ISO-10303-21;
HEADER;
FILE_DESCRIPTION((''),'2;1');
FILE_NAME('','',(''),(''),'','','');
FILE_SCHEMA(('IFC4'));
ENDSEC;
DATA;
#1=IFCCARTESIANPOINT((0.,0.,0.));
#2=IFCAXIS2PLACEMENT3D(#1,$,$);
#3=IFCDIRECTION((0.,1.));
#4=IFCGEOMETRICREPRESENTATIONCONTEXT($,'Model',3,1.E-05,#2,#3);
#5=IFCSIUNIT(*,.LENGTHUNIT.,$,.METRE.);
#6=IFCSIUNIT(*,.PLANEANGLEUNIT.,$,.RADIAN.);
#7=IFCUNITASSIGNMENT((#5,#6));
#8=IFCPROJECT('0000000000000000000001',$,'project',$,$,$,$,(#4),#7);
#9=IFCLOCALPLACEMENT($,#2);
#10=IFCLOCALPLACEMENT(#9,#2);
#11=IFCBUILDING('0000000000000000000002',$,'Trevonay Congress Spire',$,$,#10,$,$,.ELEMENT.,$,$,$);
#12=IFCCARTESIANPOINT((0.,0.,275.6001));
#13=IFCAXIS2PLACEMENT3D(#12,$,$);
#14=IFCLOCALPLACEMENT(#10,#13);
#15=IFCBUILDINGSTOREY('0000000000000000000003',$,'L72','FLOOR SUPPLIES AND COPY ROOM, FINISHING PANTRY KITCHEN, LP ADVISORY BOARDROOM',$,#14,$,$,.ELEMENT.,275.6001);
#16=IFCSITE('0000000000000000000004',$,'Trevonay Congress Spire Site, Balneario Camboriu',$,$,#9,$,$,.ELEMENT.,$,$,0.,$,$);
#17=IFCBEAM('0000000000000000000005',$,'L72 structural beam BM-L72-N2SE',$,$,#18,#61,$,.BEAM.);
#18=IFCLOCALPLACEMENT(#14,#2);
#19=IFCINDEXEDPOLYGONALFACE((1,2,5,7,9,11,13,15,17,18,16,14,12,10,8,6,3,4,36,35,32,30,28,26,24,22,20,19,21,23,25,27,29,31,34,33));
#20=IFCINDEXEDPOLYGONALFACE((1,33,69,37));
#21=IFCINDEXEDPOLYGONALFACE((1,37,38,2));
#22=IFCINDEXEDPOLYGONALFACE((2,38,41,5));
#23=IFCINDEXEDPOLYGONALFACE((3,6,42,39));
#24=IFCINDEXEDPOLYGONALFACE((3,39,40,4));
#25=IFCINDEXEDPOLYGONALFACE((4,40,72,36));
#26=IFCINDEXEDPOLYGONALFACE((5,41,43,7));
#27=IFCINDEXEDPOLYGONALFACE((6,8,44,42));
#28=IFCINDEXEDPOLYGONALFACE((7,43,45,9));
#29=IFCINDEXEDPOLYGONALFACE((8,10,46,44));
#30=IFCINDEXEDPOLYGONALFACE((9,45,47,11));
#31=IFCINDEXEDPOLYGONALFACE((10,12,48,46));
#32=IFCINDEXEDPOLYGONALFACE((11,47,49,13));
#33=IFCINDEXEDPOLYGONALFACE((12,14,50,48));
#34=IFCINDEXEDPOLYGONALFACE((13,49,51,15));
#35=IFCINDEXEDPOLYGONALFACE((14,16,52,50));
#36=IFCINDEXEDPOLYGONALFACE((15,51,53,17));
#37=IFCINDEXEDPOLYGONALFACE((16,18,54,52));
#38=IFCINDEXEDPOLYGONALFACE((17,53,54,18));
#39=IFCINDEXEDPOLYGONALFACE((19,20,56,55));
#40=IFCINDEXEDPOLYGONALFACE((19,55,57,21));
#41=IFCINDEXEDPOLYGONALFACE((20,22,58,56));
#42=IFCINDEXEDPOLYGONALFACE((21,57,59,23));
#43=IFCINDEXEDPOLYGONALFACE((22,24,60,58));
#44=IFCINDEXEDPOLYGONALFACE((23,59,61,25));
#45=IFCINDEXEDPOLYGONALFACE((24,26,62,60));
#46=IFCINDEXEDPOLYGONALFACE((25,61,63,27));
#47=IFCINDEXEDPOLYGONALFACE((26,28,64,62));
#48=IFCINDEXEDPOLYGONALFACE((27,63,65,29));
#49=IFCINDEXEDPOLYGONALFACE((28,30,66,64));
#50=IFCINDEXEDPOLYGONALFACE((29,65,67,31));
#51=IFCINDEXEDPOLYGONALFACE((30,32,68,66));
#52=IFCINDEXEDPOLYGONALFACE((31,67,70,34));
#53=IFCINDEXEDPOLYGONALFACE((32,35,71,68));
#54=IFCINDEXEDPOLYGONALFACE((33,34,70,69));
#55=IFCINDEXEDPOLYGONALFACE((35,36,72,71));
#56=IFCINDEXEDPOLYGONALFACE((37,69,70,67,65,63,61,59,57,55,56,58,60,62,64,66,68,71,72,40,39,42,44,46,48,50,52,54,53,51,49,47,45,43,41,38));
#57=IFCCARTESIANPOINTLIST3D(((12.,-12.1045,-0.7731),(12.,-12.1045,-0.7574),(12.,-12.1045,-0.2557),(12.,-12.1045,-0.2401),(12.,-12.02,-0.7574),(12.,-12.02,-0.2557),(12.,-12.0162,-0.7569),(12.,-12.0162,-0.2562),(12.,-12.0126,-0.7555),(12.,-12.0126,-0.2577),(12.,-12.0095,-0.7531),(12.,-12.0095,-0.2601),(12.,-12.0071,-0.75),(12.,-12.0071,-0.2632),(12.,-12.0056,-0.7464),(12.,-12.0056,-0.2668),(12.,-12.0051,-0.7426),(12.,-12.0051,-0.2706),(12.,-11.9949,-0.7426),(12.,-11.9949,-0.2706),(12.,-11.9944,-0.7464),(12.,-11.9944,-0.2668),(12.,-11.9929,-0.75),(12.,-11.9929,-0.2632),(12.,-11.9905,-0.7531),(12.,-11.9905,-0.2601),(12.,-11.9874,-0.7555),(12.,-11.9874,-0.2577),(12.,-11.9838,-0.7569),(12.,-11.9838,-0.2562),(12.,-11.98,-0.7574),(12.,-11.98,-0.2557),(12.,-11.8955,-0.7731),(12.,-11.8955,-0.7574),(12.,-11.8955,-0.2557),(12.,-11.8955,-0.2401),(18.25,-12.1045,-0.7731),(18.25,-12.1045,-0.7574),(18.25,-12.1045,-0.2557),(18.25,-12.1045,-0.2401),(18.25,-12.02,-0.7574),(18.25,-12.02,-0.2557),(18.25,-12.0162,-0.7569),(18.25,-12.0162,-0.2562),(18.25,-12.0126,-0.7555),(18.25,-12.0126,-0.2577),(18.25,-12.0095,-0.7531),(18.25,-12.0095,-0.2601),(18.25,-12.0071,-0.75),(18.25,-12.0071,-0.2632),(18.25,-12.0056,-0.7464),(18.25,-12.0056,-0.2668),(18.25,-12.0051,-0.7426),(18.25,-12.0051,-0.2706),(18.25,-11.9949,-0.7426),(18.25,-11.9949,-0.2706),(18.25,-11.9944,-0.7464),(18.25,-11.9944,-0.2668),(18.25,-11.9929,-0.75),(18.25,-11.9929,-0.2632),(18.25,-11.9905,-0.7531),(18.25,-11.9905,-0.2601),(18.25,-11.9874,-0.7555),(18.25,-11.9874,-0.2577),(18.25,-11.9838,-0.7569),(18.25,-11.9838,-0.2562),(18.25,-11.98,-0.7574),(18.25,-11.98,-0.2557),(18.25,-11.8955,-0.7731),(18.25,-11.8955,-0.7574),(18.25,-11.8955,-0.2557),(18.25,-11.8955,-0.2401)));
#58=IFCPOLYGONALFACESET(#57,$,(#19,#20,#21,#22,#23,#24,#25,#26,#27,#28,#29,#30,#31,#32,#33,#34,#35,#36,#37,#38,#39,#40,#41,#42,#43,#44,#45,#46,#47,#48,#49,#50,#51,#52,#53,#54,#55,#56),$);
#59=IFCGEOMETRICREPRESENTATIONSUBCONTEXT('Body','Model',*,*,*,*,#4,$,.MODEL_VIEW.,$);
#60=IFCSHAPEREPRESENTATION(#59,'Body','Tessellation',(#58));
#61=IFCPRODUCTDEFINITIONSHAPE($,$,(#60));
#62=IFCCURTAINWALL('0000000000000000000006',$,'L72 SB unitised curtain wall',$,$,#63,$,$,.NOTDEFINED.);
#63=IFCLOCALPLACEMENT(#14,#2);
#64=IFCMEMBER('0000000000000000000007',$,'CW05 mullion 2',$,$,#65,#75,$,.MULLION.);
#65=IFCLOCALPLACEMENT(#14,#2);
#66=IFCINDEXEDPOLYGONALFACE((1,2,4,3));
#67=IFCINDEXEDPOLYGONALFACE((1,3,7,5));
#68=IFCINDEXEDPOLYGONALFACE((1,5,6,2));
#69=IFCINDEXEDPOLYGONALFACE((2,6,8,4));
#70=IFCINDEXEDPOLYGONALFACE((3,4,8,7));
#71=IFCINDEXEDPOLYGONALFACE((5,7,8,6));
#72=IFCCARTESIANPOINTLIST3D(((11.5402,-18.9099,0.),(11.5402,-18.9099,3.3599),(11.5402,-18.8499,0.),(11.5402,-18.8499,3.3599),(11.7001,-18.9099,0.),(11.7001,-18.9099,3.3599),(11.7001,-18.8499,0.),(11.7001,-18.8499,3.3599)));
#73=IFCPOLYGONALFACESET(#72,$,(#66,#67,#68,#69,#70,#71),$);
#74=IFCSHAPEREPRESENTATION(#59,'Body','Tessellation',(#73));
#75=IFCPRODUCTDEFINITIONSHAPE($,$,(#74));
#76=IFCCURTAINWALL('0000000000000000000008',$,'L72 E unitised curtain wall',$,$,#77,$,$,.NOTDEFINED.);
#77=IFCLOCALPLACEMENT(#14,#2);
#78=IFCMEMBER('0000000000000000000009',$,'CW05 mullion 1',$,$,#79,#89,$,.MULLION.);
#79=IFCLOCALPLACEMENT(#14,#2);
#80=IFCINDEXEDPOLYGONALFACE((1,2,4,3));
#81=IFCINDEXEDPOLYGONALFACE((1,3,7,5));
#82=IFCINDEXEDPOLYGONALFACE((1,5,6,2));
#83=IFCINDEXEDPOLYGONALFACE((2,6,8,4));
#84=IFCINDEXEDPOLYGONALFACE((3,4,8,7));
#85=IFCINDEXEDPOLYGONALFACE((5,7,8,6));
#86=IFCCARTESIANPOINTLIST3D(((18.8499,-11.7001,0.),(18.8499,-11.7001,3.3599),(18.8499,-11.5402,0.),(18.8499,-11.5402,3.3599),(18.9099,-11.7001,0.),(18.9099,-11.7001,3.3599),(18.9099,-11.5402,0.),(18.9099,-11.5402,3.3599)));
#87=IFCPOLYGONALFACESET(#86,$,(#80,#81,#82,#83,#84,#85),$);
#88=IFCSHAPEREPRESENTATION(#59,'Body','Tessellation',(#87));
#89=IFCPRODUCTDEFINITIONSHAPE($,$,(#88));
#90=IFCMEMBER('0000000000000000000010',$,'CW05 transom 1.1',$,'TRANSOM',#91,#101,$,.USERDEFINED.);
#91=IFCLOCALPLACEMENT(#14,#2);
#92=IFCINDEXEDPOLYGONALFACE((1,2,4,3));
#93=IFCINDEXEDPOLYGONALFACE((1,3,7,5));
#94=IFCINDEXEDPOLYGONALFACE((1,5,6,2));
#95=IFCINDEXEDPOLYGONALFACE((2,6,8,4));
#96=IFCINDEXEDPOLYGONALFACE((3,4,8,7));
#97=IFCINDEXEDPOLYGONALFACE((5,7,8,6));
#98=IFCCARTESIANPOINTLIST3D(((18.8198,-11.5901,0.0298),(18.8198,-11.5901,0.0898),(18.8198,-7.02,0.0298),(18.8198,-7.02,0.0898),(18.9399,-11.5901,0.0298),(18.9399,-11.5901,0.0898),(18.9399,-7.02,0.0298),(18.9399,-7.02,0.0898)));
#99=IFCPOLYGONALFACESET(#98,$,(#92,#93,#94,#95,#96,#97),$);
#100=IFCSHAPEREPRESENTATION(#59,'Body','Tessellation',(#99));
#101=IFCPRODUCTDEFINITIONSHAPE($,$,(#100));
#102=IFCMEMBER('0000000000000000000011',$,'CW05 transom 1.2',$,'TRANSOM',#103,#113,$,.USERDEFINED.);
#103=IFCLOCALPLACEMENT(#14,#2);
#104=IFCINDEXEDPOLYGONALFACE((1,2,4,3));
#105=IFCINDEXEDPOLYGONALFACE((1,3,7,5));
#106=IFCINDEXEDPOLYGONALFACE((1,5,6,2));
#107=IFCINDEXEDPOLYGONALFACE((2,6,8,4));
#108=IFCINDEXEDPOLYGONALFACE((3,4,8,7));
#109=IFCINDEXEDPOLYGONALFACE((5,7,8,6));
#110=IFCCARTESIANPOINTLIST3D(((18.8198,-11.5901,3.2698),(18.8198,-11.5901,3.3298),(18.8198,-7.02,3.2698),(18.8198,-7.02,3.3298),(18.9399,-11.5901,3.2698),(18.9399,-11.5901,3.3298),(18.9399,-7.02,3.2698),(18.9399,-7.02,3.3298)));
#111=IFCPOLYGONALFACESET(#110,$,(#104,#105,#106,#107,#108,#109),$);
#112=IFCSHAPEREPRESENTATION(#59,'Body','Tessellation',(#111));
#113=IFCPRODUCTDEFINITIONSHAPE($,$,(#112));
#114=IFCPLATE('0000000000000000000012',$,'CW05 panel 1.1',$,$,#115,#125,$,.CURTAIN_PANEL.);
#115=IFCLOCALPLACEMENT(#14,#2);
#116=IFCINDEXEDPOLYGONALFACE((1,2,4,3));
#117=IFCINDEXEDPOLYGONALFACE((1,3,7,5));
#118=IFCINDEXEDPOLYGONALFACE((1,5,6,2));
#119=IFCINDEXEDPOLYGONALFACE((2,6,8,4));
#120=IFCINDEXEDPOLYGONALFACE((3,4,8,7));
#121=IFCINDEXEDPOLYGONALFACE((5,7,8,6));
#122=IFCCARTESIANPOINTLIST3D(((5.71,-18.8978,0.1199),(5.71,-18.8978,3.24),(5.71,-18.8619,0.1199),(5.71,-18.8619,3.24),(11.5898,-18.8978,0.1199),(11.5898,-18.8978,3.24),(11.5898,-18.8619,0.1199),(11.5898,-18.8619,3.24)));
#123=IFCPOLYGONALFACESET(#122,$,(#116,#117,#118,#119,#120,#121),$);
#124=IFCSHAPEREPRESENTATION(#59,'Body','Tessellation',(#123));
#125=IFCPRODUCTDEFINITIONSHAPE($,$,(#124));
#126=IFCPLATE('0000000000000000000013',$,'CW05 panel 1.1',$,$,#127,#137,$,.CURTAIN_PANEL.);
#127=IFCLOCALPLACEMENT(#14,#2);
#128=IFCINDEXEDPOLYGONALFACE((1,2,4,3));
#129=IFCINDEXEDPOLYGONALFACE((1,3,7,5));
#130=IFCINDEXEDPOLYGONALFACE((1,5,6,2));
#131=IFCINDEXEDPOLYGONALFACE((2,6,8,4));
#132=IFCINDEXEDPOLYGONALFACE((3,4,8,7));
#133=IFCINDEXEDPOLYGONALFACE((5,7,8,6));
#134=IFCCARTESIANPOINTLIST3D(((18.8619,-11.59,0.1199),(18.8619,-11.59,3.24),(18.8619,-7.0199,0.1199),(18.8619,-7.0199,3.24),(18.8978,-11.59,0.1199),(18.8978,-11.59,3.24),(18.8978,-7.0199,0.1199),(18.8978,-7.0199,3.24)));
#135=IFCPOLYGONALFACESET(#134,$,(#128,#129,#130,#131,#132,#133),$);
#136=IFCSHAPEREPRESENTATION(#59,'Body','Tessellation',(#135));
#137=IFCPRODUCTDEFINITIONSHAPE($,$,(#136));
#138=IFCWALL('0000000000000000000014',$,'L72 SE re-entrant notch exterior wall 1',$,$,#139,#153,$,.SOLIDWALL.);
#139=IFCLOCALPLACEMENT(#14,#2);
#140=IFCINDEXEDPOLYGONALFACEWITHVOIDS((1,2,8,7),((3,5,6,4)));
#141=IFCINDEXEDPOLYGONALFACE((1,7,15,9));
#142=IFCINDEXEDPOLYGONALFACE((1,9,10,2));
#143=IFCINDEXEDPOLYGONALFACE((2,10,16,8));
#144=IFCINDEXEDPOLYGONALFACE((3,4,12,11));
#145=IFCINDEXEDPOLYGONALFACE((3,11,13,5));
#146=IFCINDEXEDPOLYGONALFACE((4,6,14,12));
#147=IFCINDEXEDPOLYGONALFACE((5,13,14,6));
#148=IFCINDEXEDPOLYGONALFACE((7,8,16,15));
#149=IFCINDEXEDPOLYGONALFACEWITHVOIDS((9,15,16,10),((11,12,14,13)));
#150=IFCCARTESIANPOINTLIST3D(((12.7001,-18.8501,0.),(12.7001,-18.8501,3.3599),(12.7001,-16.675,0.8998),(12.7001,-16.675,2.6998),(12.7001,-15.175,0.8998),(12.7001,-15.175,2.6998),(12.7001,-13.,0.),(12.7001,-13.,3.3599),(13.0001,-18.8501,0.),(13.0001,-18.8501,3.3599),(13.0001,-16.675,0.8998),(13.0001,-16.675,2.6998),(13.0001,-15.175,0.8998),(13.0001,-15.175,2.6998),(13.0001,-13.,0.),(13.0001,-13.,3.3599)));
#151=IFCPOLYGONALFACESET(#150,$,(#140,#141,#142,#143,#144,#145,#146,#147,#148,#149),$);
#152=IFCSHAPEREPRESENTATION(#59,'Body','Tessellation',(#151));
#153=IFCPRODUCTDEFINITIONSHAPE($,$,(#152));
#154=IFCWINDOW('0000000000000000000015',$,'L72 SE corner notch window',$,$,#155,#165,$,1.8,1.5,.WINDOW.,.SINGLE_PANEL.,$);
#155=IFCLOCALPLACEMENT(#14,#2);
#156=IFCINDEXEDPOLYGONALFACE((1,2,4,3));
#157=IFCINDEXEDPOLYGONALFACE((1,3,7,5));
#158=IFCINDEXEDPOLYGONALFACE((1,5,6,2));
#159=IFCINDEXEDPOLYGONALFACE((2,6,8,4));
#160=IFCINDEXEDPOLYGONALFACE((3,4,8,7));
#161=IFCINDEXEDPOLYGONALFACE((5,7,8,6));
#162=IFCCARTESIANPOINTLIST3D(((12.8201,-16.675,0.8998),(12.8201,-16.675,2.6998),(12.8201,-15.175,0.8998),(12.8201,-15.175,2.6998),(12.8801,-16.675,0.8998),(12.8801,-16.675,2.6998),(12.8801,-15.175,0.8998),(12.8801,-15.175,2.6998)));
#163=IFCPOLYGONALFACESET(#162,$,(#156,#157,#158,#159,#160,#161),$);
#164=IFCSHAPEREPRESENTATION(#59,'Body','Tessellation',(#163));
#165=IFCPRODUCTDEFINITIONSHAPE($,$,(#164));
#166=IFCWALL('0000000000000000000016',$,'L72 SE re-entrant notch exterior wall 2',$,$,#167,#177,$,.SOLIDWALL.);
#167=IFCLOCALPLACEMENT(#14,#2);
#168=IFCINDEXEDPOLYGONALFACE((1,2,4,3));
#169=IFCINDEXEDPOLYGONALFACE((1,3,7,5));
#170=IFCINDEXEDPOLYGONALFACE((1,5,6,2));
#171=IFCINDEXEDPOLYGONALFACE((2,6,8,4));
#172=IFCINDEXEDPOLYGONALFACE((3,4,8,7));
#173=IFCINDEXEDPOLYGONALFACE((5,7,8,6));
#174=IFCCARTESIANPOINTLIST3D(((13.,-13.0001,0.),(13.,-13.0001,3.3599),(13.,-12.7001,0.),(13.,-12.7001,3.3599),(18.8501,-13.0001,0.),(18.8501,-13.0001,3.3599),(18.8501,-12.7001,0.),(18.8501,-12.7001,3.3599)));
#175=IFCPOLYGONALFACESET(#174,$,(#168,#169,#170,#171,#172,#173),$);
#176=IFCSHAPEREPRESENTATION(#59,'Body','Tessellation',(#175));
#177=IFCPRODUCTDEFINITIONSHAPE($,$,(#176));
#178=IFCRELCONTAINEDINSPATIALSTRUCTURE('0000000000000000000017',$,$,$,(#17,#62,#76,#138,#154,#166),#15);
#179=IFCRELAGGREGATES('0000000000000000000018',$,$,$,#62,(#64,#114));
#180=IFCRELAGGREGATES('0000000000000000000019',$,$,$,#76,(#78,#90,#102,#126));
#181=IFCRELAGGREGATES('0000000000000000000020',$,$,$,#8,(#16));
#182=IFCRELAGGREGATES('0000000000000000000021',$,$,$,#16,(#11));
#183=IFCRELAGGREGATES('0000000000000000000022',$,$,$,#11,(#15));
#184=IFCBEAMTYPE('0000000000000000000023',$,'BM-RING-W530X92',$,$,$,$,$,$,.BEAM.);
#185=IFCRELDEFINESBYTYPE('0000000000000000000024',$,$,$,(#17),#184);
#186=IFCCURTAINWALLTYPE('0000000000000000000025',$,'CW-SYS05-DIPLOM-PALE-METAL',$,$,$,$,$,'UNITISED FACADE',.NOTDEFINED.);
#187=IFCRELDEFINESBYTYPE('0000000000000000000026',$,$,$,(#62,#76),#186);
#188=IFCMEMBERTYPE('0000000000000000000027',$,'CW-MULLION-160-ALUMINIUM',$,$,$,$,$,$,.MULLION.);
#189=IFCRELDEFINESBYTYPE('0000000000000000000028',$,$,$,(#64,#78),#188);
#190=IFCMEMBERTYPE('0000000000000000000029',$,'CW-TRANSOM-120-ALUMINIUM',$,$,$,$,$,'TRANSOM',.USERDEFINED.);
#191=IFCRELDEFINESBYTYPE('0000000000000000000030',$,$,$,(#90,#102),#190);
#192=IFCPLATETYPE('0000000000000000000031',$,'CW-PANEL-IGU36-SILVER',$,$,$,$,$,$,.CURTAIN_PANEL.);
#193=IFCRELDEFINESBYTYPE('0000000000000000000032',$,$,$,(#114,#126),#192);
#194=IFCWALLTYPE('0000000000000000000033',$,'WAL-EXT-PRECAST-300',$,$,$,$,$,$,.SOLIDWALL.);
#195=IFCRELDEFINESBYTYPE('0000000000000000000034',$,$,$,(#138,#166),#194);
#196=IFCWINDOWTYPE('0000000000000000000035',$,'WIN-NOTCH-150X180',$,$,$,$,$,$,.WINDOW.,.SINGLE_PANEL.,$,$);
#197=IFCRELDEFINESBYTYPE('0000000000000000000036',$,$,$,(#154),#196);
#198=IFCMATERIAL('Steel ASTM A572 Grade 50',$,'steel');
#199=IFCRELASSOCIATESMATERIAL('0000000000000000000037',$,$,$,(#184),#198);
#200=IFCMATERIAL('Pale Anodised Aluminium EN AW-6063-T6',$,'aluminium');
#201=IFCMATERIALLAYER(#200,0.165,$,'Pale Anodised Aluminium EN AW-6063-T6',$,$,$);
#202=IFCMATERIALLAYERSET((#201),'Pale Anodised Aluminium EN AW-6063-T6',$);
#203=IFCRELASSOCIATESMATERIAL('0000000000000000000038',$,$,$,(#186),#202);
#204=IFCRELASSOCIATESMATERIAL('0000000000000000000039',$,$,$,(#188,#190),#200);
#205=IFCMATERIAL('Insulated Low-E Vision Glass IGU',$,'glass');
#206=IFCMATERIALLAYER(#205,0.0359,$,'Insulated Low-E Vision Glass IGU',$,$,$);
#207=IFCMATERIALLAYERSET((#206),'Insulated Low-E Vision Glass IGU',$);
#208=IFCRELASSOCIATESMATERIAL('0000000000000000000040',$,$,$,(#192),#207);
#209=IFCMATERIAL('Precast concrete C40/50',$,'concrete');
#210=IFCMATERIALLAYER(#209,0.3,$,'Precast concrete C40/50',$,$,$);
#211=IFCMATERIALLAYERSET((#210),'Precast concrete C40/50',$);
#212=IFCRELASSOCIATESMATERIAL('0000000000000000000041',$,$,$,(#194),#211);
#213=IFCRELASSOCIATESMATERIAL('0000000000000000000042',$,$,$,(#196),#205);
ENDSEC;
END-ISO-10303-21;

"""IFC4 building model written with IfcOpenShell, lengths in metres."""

from ifc_helpers import new_model, si_unit, direction, frame, frame_2d, origin, origin_2d, place, context, subcontext, project, spatial, rectangle, i_section, extrude, material, layer, layer_set, material_profile, profile_set, type_object, element, fill, aggregate, save


model = new_model("IFC4")

# Units and contexts
model_context = context("Model", 3, precision=1e-05, world=origin(), true_north=direction((0.0, 1.0)))
body_context = subcontext(model_context, "Body", "Model", "MODEL_VIEW")
ifc_project = project(units=[si_unit("LENGTHUNIT", "METRE"), si_unit("PLANEANGLEUNIT", "RADIAN")], contexts=[model_context])

# Site, building, storey
site_placement = place(None, origin())
site = spatial("IfcSite", under=ifc_project, at=site_placement, Name="Trevonay Congress Spire Site, Balneario Camboriu", CompositionType="ELEMENT", RefElevation=0.0)
building_placement = place(site_placement, origin())
building = spatial("IfcBuilding", under=site, at=building_placement, Name="Trevonay Congress Spire", CompositionType="ELEMENT")
storey_placement = place(building_placement, frame((0.0, 0.0, 275.6001)))
storey = spatial("IfcBuildingStorey", under=building, at=storey_placement, Name="L72", Description="FLOOR SUPPLIES AND COPY ROOM, FINISHING PANTRY KITCHEN, LP ADVISORY BOARDROOM", CompositionType="ELEMENT", Elevation=275.6001)

# Shared definitions
ifc_material_1 = material(Name="Steel ASTM A572 Grade 50", Category="steel")

# Beam
ifc_material_profile_1 = material_profile(ifc_material_1, i_section(OverallWidth=0.209, OverallDepth=0.533, WebThickness=0.0103, FlangeThickness=0.0156, FilletRadius=0.0149, at=origin_2d()), Name="W530x92")
ifc_profile_set_1 = profile_set([ifc_material_profile_1], Name="Steel ASTM A572 Grade 50")
beam_type = type_object("IfcBeamType", Name="BM-RING-W530X92", PredefinedType="BEAM", material=ifc_profile_set_1)
for number, where, z_axis, x_axis, name in (
    (1, (18.25, -12.0, -0.5066), (-1.0, 0.0, 0.0), (0.0, -1.0, 0.0), "L72 structural beam BM-L72-N2SE"),
):
    element("IfcBeam", number, at=place(storey_placement, frame(where, z_axis=z_axis, x_axis=x_axis)), inside=storey, type_object=beam_type, Name=name, PredefinedType="BEAM", context=body_context, shape_type="SweptSolid", body=[
        extrude(i_section(OverallWidth=0.209, OverallDepth=0.533, WebThickness=0.0103, FlangeThickness=0.0156, FilletRadius=0.0149, at=origin_2d()), origin(), (0.0, 0.0, 1.0), 6.25),
    ])

# Curtain wall, member
ifc_material_2 = material(Name="Pale Anodised Aluminium EN AW-6063-T6", Category="aluminium")
ifc_layer_1 = layer(ifc_material_2, 0.165, Name="Pale Anodised Aluminium EN AW-6063-T6")
ifc_layer_set_1 = layer_set([ifc_layer_1], Name="Pale Anodised Aluminium EN AW-6063-T6")
curtain_wall_type = type_object("IfcCurtainWallType", Name="CW-SYS05-DIPLOM-PALE-METAL", ElementType="UNITISED FACADE", PredefinedType="NOTDEFINED", material=ifc_layer_set_1)
curtain_wall_1_placement = place(storey_placement, origin())
curtain_wall_1 = element("IfcCurtainWall", 2, at=curtain_wall_1_placement, inside=storey, type_object=curtain_wall_type, Name="L72 SB unitised curtain wall", PredefinedType="NOTDEFINED")
ifc_material_profile_2 = material_profile(ifc_material_2, rectangle(XDim=0.0601, YDim=0.1599, at=origin_2d()), Name="CW-MULLION-160-ALUMINIUM")
ifc_profile_set_2 = profile_set([ifc_material_profile_2], Name="Pale Anodised Aluminium EN AW-6063-T6")
member_type_1 = type_object("IfcMemberType", Name="CW-MULLION-160-ALUMINIUM", PredefinedType="MULLION", material=ifc_profile_set_2)
member_1_placement = place(storey_placement, frame((11.6201, -18.8799, 0.0), z_axis=(0.0, 0.0, 1.0), x_axis=(0.0, 1.0, 0.0)))
member_1 = element("IfcMember", 3, at=member_1_placement, type_object=member_type_1, Name="CW05 mullion 2", PredefinedType="MULLION", context=body_context, shape_type="SweptSolid", body=[
    extrude(rectangle(XDim=0.0601, YDim=0.1599, at=origin_2d()), origin(), (0.0, 0.0, 1.0), 3.3599),
])

# Curtain wall, members
curtain_wall_2_placement = place(storey_placement, origin())
curtain_wall_2 = element("IfcCurtainWall", 4, at=curtain_wall_2_placement, inside=storey, type_object=curtain_wall_type, Name="L72 E unitised curtain wall", PredefinedType="NOTDEFINED")
member_2_placement = place(storey_placement, frame((18.8799, -11.6201, 0.0), z_axis=(0.0, 0.0, 1.0), x_axis=(-1.0, 0.0, 0.0)))
member_2 = element("IfcMember", 5, at=member_2_placement, type_object=member_type_1, Name="CW05 mullion 1", PredefinedType="MULLION", context=body_context, shape_type="SweptSolid", body=[
    extrude(rectangle(XDim=0.0601, YDim=0.1599, at=origin_2d()), origin(), (0.0, 0.0, 1.0), 3.3599),
])
ifc_material_profile_3 = material_profile(ifc_material_2, rectangle(XDim=0.1201, YDim=0.0601, at=origin_2d()), Name="CW-TRANSOM-120-ALUMINIUM")
ifc_profile_set_3 = profile_set([ifc_material_profile_3], Name="Pale Anodised Aluminium EN AW-6063-T6")
member_type_2 = type_object("IfcMemberType", Name="CW-TRANSOM-120-ALUMINIUM", ElementType="TRANSOM", PredefinedType="USERDEFINED", material=ifc_profile_set_3)
member_3_placement = place(storey_placement, frame((18.8799, -11.5901, 0.0598), z_axis=(0.0, 1.0, 0.0), x_axis=(-1.0, 0.0, 0.0)))
member_3 = element("IfcMember", 6, at=member_3_placement, type_object=member_type_2, Name="CW05 transom 1.1", ObjectType="TRANSOM", PredefinedType="USERDEFINED", context=body_context, shape_type="SweptSolid", body=[
    extrude(rectangle(XDim=0.1201, YDim=0.0601, at=origin_2d()), origin(), (0.0, 0.0, 1.0), 4.5701),
])
member_4_placement = place(storey_placement, frame((18.8799, -11.5901, 3.2998), z_axis=(0.0, 1.0, 0.0), x_axis=(-1.0, 0.0, 0.0)))
member_4 = element("IfcMember", 7, at=member_4_placement, type_object=member_type_2, Name="CW05 transom 1.2", ObjectType="TRANSOM", PredefinedType="USERDEFINED", context=body_context, shape_type="SweptSolid", body=[
    extrude(rectangle(XDim=0.1201, YDim=0.0601, at=origin_2d()), origin(), (0.0, 0.0, 1.0), 4.5701),
])

# Plates
ifc_material_3 = material(Name="Insulated Low-E Vision Glass IGU", Category="glass")
ifc_layer_2 = layer(ifc_material_3, 0.0359, Name="Insulated Low-E Vision Glass IGU")
ifc_layer_set_2 = layer_set([ifc_layer_2], Name="Insulated Low-E Vision Glass IGU")
plate_type = type_object("IfcPlateType", Name="CW-PANEL-IGU36-SILVER", PredefinedType="CURTAIN_PANEL", material=ifc_layer_set_2)
plate_1_placement = place(storey_placement, frame((8.6499, -18.8799, 0.1199), z_axis=(0.0, 0.0, 1.0), x_axis=(1.0, 0.0, 0.0)))
plate_1 = element("IfcPlate", 8, at=plate_1_placement, type_object=plate_type, Name="CW05 panel 1.1", PredefinedType="CURTAIN_PANEL", context=body_context, shape_type="SweptSolid", body=[
    extrude(rectangle(XDim=5.8799, YDim=0.0359, at=origin_2d()), origin(), (0.0, 0.0, 1.0), 3.1201),
])
aggregate(curtain_wall_1, [member_1, plate_1])
plate_2_placement = place(storey_placement, frame((18.8799, -9.3049, 0.1199), z_axis=(0.0, 0.0, 1.0), x_axis=(0.0, 1.0, 0.0)))
plate_2 = element("IfcPlate", 9, at=plate_2_placement, type_object=plate_type, Name="CW05 panel 1.1", PredefinedType="CURTAIN_PANEL", context=body_context, shape_type="SweptSolid", body=[
    extrude(rectangle(XDim=4.5701, YDim=0.0359, at=origin_2d()), origin(), (0.0, 0.0, 1.0), 3.1201),
])
aggregate(curtain_wall_2, [member_2, member_3, member_4, plate_2])

# Wall, opening, window
ifc_material_4 = material(Name="Precast concrete C40/50", Category="concrete")
ifc_layer_3 = layer(ifc_material_4, 0.3, Name="Precast concrete C40/50")
ifc_layer_set_3 = layer_set([ifc_layer_3], Name="Precast concrete C40/50")
wall_type_1 = type_object("IfcWallType", Name="WAL-EXT-PRECAST-300", PredefinedType="SOLIDWALL", material=ifc_layer_set_3)
wall_1_placement = place(storey_placement, frame((12.8501, -18.8501, 0.0), z_axis=(0.0, 0.0, 1.0), x_axis=(0.0, 1.0, 0.0)))
wall_1 = element("IfcWall", 10, at=wall_1_placement, inside=storey, type_object=wall_type_1, Name="L72 SE re-entrant notch exterior wall 1", PredefinedType="SOLIDWALL", context=body_context, shape_type="SweptSolid", body=[
    extrude(rectangle(XDim=5.8501, YDim=0.3, at=frame_2d((2.925, 0.0))), origin(), (0.0, 0.0, 1.0), 3.3599),
])
opening_placement = place(wall_1_placement, frame((2.175, 0.0, 0.8999)))
opening = element("IfcOpeningElement", 11, at=opening_placement, cuts=wall_1, PredefinedType="OPENING", context=body_context, shape_type="SweptSolid", body=[
    extrude(rectangle(XDim=1.5, YDim=1.8, at=frame_2d((0.75, 0.8999))), frame((0.0, 0.1602, 0.0), z_axis=(0.0, -1.0, 0.0), x_axis=(1.0, 0.0, 0.0)), (0.0, 0.0, 1.0), 0.3201),
])
window_type = type_object("IfcWindowType", Name="WIN-NOTCH-150X180", PartitioningType="SINGLE_PANEL", PredefinedType="WINDOW", material=ifc_material_3)
window_placement = place(opening_placement, origin())
window = element("IfcWindow", 12, at=window_placement, inside=storey, type_object=window_type, Name="L72 SE corner notch window", OverallHeight=1.8, OverallWidth=1.5, PartitioningType="SINGLE_PANEL", PredefinedType="WINDOW", context=body_context, shape_type="SweptSolid", body=[
    extrude(rectangle(XDim=1.5, YDim=1.8, at=frame_2d((0.75, 0.8999))), frame((0.0, 0.03, 0.0), z_axis=(0.0, -1.0, 0.0), x_axis=(1.0, 0.0, 0.0)), (0.0, 0.0, 1.0), 0.0601),
])
fill(opening, window)

# Wall
wall_2_placement = place(storey_placement, frame((18.8501, -12.8501, 0.0), z_axis=(0.0, 0.0, 1.0), x_axis=(-1.0, 0.0, 0.0)))
element("IfcWall", 13, at=wall_2_placement, inside=storey, type_object=wall_type_1, Name="L72 SE re-entrant notch exterior wall 2", PredefinedType="SOLIDWALL", context=body_context, shape_type="SweptSolid", body=[
    extrude(rectangle(XDim=5.8501, YDim=0.3, at=frame_2d((2.925, 0.0))), origin(), (0.0, 0.0, 1.0), 3.3599),
])

save(model, "model.ifc")
